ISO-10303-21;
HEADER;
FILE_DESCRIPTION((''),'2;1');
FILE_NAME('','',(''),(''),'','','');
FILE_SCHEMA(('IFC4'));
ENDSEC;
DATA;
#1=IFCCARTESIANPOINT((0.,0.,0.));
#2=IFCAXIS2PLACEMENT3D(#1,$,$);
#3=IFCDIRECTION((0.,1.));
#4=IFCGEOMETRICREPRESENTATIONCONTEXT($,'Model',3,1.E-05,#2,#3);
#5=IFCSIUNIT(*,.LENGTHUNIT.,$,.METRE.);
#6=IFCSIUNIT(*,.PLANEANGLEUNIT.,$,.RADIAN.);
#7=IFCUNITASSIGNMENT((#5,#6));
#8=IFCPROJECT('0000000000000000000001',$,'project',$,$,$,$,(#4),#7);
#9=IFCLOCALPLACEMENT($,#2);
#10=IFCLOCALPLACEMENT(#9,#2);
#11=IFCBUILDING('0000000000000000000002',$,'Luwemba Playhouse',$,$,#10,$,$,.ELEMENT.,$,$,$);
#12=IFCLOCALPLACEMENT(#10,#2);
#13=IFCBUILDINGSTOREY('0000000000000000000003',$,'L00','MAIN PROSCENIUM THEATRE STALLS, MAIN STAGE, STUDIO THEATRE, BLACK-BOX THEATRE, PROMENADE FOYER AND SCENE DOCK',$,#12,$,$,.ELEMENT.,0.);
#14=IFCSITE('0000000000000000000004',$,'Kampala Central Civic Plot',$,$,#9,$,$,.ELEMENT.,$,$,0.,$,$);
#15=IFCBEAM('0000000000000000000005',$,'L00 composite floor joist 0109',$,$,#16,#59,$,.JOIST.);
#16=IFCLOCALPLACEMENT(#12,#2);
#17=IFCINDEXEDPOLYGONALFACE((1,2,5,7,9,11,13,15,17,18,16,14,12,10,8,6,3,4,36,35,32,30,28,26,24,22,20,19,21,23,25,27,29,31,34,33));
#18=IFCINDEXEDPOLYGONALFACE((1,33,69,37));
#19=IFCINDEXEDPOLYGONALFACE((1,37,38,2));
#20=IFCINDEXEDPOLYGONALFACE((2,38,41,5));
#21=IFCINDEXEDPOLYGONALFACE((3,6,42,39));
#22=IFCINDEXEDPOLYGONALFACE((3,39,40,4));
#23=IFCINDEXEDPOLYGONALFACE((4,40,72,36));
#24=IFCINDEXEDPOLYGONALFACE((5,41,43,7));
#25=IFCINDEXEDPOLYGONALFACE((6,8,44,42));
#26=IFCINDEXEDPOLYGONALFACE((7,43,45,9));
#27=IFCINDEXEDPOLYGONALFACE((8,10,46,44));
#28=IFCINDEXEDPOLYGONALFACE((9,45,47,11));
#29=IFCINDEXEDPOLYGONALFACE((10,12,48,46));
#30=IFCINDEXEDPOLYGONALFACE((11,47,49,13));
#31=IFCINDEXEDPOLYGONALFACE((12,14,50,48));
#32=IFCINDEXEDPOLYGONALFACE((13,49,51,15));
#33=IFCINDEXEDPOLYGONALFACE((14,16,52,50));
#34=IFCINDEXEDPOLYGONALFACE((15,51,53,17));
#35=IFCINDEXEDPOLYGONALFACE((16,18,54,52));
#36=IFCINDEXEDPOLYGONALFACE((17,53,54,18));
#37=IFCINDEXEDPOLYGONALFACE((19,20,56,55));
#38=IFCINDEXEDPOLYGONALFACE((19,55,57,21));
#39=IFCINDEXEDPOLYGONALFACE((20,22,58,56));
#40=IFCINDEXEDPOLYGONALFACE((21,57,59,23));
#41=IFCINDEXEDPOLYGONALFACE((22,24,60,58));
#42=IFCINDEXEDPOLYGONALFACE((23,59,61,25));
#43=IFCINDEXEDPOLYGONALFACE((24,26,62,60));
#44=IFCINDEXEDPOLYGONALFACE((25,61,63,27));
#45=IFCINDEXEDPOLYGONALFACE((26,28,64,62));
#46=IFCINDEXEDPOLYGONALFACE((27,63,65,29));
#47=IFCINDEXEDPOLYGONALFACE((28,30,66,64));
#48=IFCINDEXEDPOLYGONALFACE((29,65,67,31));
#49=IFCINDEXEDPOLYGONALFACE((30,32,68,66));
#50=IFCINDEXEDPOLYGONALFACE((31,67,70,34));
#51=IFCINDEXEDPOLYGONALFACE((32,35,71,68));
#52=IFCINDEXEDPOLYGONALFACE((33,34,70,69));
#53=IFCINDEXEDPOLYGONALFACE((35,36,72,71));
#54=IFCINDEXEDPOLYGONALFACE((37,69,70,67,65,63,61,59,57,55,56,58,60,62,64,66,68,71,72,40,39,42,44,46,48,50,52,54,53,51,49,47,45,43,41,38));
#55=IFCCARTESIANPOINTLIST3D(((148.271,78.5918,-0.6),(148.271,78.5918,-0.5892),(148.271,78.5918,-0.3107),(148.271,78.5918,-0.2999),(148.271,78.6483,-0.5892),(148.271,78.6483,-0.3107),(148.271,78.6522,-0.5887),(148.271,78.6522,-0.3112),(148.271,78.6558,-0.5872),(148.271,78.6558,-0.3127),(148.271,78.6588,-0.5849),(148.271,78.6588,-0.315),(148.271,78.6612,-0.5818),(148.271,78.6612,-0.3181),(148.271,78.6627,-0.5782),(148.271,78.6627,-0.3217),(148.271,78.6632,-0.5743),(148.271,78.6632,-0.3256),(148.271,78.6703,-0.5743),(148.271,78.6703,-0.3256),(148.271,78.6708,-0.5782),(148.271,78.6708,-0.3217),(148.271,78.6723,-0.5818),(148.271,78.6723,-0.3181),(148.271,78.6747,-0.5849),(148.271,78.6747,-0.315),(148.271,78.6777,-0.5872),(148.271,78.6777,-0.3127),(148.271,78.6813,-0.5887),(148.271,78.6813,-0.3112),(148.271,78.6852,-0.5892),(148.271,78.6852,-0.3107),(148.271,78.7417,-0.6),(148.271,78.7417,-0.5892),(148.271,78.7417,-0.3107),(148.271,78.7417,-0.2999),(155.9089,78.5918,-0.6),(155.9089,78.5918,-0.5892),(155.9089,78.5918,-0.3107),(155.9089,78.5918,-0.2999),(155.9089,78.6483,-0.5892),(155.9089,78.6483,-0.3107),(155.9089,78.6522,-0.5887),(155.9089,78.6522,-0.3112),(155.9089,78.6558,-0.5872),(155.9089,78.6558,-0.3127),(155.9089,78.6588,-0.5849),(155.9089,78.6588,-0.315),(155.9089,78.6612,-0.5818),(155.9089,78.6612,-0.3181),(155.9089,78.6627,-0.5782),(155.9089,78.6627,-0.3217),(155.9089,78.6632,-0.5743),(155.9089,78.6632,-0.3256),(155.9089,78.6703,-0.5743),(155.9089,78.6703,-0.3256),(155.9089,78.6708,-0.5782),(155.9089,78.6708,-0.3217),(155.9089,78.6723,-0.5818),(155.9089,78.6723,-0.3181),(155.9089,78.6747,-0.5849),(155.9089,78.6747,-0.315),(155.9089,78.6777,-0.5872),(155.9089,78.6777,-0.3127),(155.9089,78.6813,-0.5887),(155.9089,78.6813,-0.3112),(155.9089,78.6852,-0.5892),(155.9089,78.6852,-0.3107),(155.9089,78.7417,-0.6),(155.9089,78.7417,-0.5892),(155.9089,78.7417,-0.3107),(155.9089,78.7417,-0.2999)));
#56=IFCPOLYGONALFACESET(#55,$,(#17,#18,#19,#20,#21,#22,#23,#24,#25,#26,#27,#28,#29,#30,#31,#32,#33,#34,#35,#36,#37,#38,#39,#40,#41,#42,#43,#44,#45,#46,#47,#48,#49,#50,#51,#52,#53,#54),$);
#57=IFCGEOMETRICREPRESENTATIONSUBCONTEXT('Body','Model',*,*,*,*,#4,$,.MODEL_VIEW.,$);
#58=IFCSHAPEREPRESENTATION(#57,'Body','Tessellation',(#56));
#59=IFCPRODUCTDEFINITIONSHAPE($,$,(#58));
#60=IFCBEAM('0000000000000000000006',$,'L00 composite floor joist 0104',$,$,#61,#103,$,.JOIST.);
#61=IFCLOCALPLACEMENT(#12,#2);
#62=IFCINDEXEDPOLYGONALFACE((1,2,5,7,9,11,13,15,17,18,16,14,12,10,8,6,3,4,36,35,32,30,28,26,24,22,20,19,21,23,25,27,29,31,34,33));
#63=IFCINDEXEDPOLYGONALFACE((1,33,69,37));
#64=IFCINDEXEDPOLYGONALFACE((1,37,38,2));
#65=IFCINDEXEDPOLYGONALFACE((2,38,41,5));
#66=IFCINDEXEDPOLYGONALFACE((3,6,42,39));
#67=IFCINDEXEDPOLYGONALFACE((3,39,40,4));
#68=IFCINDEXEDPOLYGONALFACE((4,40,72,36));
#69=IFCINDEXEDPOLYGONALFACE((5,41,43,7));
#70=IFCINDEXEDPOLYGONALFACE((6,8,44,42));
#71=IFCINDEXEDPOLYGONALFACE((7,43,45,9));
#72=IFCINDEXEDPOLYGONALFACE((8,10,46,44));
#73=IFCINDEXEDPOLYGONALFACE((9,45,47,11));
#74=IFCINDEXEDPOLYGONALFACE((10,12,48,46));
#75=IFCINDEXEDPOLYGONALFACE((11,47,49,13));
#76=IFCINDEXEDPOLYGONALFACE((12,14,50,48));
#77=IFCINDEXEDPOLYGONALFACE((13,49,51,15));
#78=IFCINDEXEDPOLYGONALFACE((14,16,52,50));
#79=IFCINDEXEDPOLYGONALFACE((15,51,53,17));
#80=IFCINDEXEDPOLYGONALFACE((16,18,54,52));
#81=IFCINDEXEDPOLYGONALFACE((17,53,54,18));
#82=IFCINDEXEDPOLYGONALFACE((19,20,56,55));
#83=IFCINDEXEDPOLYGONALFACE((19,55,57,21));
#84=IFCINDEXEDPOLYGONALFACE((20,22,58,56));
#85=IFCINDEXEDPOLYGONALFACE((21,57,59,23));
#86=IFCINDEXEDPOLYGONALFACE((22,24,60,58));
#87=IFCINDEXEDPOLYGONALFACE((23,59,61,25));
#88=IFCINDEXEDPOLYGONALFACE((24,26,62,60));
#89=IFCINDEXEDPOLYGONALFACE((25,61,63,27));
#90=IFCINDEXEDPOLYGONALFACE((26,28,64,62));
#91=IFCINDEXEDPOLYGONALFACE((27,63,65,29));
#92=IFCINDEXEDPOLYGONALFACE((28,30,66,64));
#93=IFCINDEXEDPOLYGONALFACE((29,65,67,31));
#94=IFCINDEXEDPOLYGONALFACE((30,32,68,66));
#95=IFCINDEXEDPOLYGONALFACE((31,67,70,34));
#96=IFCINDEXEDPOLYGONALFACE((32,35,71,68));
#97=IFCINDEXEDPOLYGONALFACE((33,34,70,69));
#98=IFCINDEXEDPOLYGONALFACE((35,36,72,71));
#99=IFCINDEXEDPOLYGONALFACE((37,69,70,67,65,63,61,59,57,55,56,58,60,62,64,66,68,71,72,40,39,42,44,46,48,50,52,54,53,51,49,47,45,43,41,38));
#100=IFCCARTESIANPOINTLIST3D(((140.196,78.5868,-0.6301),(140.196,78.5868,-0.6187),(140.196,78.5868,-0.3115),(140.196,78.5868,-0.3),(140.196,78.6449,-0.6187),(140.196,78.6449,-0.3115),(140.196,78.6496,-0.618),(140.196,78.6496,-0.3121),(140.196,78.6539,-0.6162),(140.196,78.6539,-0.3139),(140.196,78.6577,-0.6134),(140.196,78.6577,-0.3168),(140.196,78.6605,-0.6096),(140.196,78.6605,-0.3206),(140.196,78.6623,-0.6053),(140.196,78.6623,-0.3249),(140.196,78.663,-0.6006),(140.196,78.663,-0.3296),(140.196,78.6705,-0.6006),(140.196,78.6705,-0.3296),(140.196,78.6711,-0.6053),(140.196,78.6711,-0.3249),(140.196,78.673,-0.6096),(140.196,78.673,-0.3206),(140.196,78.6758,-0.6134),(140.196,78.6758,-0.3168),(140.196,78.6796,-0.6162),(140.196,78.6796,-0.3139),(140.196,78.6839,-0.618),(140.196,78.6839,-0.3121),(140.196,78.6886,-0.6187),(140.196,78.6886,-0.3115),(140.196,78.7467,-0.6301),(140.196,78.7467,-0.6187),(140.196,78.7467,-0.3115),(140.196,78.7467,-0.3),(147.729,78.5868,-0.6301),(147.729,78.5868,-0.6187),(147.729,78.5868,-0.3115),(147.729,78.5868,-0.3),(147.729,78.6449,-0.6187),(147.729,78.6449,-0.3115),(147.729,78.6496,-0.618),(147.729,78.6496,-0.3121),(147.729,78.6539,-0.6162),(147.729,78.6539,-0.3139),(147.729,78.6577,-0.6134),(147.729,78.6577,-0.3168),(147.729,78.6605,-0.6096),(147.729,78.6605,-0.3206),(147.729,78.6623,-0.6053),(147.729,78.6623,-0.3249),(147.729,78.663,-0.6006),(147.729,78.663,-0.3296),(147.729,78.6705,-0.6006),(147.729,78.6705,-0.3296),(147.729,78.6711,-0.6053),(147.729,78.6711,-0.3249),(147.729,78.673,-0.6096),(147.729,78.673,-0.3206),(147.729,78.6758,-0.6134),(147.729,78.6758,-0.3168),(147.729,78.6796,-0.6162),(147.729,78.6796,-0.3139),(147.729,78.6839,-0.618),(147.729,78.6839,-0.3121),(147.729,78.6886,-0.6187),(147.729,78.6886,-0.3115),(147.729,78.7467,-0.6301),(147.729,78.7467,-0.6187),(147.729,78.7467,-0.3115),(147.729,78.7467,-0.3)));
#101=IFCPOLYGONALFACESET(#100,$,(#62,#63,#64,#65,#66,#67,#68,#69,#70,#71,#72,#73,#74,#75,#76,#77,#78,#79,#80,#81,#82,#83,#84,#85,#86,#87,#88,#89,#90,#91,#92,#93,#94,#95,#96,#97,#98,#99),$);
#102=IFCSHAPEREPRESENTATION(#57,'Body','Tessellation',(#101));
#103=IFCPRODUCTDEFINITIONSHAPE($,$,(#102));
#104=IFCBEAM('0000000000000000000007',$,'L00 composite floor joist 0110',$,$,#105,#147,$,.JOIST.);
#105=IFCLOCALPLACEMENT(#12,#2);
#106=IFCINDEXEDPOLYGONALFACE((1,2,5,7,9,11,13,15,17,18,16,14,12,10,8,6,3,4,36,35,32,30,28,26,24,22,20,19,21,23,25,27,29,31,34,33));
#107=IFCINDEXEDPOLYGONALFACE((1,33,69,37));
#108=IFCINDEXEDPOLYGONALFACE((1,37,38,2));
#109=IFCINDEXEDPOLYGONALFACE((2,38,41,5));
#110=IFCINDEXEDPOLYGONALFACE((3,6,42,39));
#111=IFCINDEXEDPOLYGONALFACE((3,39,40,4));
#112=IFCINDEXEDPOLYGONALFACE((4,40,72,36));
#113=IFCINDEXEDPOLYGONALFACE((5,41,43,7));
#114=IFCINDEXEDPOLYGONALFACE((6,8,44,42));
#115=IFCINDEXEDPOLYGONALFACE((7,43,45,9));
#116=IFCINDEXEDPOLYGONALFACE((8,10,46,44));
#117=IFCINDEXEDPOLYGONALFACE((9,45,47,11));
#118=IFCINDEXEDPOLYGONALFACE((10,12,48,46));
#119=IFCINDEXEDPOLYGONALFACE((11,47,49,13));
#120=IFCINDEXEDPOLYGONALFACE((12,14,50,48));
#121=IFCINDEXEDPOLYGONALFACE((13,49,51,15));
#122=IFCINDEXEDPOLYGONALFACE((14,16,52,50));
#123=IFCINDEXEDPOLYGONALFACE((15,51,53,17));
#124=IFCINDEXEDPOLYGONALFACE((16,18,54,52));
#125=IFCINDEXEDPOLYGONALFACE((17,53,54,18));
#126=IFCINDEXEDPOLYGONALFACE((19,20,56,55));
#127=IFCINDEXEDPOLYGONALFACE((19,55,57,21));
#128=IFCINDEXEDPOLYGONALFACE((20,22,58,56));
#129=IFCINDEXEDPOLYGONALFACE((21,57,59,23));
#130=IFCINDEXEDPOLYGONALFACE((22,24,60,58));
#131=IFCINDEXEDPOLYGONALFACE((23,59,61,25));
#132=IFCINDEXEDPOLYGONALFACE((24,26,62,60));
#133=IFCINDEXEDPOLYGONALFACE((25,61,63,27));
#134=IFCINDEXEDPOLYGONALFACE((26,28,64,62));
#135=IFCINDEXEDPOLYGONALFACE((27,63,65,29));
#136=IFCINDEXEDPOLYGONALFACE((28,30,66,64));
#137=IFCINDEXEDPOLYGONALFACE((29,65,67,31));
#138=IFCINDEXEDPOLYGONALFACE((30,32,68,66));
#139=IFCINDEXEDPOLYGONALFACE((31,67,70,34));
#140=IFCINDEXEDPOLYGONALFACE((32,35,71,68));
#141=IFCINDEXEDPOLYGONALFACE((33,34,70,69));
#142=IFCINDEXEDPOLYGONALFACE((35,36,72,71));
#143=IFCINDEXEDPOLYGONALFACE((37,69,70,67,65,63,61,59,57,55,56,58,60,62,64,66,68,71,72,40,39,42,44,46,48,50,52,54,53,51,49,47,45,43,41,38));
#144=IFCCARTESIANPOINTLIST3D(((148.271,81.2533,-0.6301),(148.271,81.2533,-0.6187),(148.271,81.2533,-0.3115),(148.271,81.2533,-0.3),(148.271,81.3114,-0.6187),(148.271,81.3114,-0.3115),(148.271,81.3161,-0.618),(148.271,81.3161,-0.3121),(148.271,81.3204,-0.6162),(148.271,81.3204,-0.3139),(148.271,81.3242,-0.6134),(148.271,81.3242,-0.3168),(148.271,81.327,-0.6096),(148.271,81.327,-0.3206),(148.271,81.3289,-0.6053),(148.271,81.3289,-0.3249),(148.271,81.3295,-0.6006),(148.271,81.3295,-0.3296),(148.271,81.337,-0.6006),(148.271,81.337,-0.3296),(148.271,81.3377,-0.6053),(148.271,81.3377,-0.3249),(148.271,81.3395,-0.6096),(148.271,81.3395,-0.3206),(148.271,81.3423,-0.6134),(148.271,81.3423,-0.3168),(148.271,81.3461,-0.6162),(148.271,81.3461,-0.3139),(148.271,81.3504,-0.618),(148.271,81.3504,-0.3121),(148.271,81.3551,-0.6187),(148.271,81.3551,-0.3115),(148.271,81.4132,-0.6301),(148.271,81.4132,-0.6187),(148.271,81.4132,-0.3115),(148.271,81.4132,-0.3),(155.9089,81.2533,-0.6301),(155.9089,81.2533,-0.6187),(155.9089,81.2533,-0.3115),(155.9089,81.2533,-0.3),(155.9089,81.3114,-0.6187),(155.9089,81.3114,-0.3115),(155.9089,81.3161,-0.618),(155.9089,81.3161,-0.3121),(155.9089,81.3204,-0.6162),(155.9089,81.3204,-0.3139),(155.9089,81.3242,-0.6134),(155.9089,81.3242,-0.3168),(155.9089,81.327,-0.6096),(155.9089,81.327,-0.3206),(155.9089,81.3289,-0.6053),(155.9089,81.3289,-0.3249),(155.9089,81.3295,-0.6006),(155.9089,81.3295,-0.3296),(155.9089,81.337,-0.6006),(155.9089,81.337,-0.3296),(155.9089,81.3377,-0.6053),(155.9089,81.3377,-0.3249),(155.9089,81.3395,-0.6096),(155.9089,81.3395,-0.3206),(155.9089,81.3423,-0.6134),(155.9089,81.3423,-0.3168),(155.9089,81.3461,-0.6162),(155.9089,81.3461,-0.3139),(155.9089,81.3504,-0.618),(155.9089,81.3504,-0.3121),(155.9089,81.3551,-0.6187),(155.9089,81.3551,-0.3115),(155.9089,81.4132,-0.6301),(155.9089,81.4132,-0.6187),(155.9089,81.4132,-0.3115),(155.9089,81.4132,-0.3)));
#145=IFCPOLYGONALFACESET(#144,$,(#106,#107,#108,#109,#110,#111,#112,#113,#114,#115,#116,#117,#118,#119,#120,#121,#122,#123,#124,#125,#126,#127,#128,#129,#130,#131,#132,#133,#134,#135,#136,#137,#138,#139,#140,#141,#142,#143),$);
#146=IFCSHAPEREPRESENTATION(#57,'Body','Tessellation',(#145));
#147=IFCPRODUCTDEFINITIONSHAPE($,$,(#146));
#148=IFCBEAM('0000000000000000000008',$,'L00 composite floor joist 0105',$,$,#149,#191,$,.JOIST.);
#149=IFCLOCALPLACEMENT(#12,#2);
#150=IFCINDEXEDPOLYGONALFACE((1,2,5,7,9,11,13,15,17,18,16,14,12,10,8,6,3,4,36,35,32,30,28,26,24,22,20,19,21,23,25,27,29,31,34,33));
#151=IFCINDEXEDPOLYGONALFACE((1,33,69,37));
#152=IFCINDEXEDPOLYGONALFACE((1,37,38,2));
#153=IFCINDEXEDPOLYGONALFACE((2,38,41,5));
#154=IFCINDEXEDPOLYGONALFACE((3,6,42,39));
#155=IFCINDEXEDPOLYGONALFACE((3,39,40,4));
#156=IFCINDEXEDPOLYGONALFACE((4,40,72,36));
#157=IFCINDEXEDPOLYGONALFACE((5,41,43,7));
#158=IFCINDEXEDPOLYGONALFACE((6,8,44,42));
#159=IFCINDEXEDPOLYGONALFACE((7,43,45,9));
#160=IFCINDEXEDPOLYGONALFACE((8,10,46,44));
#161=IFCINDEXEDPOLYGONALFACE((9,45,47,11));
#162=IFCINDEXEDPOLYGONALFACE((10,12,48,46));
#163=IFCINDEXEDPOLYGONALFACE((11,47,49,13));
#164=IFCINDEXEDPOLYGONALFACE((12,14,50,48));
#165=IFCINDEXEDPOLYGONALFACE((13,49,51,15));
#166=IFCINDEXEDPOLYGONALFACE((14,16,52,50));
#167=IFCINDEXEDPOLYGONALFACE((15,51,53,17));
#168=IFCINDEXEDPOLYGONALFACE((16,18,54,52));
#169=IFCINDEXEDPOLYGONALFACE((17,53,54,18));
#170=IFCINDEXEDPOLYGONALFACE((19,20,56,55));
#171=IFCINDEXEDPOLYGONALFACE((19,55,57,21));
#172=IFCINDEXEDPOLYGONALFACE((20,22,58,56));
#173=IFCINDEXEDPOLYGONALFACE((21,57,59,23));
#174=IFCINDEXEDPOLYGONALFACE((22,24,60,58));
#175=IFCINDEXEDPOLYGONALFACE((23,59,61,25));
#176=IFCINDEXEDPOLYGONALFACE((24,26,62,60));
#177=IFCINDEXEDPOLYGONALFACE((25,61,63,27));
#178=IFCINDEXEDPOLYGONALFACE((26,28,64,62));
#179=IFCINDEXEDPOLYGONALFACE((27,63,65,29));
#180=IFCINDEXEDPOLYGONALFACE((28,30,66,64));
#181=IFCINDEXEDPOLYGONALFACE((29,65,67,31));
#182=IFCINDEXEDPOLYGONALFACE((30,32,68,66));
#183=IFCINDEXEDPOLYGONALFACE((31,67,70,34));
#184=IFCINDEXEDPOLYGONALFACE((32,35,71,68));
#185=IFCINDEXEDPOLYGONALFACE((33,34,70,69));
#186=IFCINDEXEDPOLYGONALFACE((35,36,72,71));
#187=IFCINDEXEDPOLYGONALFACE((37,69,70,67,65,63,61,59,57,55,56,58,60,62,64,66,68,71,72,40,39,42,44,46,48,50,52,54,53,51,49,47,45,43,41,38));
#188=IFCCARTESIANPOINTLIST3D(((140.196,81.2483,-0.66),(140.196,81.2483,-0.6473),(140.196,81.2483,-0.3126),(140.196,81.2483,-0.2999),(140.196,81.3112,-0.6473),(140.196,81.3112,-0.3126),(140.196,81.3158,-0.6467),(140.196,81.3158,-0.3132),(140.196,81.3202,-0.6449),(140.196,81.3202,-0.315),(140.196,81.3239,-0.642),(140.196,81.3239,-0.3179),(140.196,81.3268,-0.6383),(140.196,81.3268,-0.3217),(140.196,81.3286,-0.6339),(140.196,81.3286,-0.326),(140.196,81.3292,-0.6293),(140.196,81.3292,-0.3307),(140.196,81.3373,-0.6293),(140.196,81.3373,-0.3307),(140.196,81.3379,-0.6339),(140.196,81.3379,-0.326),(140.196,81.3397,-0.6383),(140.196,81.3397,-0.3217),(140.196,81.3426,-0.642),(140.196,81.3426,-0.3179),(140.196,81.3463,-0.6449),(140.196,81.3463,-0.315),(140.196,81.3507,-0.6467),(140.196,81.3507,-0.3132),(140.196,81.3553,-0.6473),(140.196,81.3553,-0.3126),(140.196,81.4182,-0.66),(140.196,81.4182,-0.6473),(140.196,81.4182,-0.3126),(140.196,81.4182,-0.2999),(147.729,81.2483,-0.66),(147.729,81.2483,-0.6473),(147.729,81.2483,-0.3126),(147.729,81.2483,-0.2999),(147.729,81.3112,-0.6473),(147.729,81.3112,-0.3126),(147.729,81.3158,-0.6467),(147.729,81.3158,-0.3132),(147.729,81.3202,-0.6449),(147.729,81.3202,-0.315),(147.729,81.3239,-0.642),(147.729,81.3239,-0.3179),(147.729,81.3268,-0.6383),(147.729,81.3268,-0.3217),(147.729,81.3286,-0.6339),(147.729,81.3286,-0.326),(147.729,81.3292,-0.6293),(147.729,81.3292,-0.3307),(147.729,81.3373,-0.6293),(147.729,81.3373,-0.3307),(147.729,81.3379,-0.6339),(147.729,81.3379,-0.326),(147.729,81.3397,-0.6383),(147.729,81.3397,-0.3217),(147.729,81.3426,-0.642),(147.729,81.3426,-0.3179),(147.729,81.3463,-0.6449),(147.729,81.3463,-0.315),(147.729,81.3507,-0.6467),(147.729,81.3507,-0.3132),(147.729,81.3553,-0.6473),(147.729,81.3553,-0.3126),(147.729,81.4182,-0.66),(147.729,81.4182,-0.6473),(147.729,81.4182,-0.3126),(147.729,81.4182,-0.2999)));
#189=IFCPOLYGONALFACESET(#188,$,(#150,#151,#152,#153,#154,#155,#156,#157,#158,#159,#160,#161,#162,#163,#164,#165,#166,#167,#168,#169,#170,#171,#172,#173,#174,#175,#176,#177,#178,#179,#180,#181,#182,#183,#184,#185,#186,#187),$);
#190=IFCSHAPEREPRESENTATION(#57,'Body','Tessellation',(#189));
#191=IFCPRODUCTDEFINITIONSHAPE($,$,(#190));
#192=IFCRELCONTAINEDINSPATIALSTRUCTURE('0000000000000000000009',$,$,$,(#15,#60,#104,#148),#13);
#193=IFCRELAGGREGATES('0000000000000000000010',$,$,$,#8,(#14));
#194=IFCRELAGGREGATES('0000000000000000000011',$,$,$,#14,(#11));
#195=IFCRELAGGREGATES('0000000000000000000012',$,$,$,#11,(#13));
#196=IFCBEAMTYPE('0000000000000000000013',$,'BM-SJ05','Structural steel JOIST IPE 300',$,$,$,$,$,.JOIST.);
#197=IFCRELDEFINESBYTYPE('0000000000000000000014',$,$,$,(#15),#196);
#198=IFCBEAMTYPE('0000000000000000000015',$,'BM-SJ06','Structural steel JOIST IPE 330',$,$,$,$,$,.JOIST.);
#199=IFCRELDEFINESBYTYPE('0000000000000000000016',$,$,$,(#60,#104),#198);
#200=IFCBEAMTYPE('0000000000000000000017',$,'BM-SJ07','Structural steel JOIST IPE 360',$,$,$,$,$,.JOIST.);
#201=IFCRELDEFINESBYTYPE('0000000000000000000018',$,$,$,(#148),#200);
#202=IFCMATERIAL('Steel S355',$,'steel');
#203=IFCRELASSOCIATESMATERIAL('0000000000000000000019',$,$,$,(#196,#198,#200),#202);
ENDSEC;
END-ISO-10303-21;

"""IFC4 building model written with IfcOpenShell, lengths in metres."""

from ifc_helpers import new_model, si_unit, direction, frame, origin, origin_2d, place, context, subcontext, project, spatial, i_section, extrude, material, material_profile, profile_set, type_object, element, save


model = new_model("IFC4")

# Units and contexts
model_context = context("Model", 3, precision=1e-05, world=origin(), true_north=direction((0.0, 1.0)))
body_context = subcontext(model_context, "Body", "Model", "MODEL_VIEW")
ifc_project = project(units=[si_unit("LENGTHUNIT", "METRE"), si_unit("PLANEANGLEUNIT", "RADIAN")], contexts=[model_context])

# Site, building, storey
site_placement = place(None, origin())
site = spatial("IfcSite", under=ifc_project, at=site_placement, Name="Kampala Central Civic Plot", CompositionType="ELEMENT", RefElevation=0.0)
building_placement = place(site_placement, origin())
building = spatial("IfcBuilding", under=site, at=building_placement, Name="Luwemba Playhouse", CompositionType="ELEMENT")
storey_placement = place(building_placement, origin())
storey = spatial("IfcBuildingStorey", under=building, at=storey_placement, Name="L00", Description="MAIN PROSCENIUM THEATRE STALLS, MAIN STAGE, STUDIO THEATRE, BLACK-BOX THEATRE, PROMENADE FOYER AND SCENE DOCK", CompositionType="ELEMENT", Elevation=0.0)

# Beams
ifc_material_1 = material(Name="Steel S355", Category="steel")
ifc_material_profile_1 = material_profile(ifc_material_1, i_section(OverallWidth=0.1499, OverallDepth=0.3, WebThickness=0.0071, FlangeThickness=0.0107, FilletRadius=0.0149, at=origin_2d()))
ifc_profile_set_1 = profile_set([ifc_material_profile_1], Name="Steel S355")
beam_type_1 = type_object("IfcBeamType", Name="BM-SJ05", Description="Structural steel JOIST IPE 300", PredefinedType="JOIST", material=ifc_profile_set_1)
beam_1_placement = place(storey_placement, frame((148.271, 78.6667, -0.45), z_axis=(1.0, 0.0, 0.0), x_axis=(0.0, 1.0, 0.0)))
element("IfcBeam", 1, at=beam_1_placement, inside=storey, type_object=beam_type_1, Name="L00 composite floor joist 0109", PredefinedType="JOIST", context=body_context, shape_type="SweptSolid", body=[
    extrude(i_section(OverallWidth=0.1499, OverallDepth=0.3, WebThickness=0.0071, FlangeThickness=0.0107, FilletRadius=0.0149, at=origin_2d()), origin(), (0.0, 0.0, 1.0), 7.6379),
])
ifc_material_profile_2 = material_profile(ifc_material_1, i_section(OverallWidth=0.1599, OverallDepth=0.3301, WebThickness=0.0076, FlangeThickness=0.0115, FilletRadius=0.0181, at=origin_2d()))
ifc_profile_set_2 = profile_set([ifc_material_profile_2], Name="Steel S355")
beam_type_2 = type_object("IfcBeamType", Name="BM-SJ06", Description="Structural steel JOIST IPE 330", PredefinedType="JOIST", material=ifc_profile_set_2)
beam_2_placement = place(storey_placement, frame((140.196, 78.6667, -0.4651), z_axis=(1.0, 0.0, 0.0), x_axis=(0.0, 1.0, 0.0)))
element("IfcBeam", 2, at=beam_2_placement, inside=storey, type_object=beam_type_2, Name="L00 composite floor joist 0104", PredefinedType="JOIST", context=body_context, shape_type="SweptSolid", body=[
    extrude(i_section(OverallWidth=0.1599, OverallDepth=0.3301, WebThickness=0.0076, FlangeThickness=0.0115, FilletRadius=0.0181, at=origin_2d()), origin(), (0.0, 0.0, 1.0), 7.533),
])
beam_3_placement = place(storey_placement, frame((148.271, 81.3333, -0.4651), z_axis=(1.0, 0.0, 0.0), x_axis=(0.0, 1.0, 0.0)))
element("IfcBeam", 3, at=beam_3_placement, inside=storey, type_object=beam_type_2, Name="L00 composite floor joist 0110", PredefinedType="JOIST", context=body_context, shape_type="SweptSolid", body=[
    extrude(i_section(OverallWidth=0.1599, OverallDepth=0.3301, WebThickness=0.0076, FlangeThickness=0.0115, FilletRadius=0.0181, at=origin_2d()), origin(), (0.0, 0.0, 1.0), 7.6379),
])
ifc_material_profile_3 = material_profile(ifc_material_1, i_section(OverallWidth=0.1699, OverallDepth=0.3601, WebThickness=0.0081, FlangeThickness=0.0127, FilletRadius=0.0181, at=origin_2d()))
ifc_profile_set_3 = profile_set([ifc_material_profile_3], Name="Steel S355")
beam_type_3 = type_object("IfcBeamType", Name="BM-SJ07", Description="Structural steel JOIST IPE 360", PredefinedType="JOIST", material=ifc_profile_set_3)
beam_4_placement = place(storey_placement, frame((140.196, 81.3333, -0.48), z_axis=(1.0, 0.0, 0.0), x_axis=(0.0, 1.0, 0.0)))
element("IfcBeam", 4, at=beam_4_placement, inside=storey, type_object=beam_type_3, Name="L00 composite floor joist 0105", PredefinedType="JOIST", context=body_context, shape_type="SweptSolid", body=[
    extrude(i_section(OverallWidth=0.1699, OverallDepth=0.3601, WebThickness=0.0081, FlangeThickness=0.0127, FilletRadius=0.0181, at=origin_2d()), origin(), (0.0, 0.0, 1.0), 7.533),
])

save(model, "model.ifc")
